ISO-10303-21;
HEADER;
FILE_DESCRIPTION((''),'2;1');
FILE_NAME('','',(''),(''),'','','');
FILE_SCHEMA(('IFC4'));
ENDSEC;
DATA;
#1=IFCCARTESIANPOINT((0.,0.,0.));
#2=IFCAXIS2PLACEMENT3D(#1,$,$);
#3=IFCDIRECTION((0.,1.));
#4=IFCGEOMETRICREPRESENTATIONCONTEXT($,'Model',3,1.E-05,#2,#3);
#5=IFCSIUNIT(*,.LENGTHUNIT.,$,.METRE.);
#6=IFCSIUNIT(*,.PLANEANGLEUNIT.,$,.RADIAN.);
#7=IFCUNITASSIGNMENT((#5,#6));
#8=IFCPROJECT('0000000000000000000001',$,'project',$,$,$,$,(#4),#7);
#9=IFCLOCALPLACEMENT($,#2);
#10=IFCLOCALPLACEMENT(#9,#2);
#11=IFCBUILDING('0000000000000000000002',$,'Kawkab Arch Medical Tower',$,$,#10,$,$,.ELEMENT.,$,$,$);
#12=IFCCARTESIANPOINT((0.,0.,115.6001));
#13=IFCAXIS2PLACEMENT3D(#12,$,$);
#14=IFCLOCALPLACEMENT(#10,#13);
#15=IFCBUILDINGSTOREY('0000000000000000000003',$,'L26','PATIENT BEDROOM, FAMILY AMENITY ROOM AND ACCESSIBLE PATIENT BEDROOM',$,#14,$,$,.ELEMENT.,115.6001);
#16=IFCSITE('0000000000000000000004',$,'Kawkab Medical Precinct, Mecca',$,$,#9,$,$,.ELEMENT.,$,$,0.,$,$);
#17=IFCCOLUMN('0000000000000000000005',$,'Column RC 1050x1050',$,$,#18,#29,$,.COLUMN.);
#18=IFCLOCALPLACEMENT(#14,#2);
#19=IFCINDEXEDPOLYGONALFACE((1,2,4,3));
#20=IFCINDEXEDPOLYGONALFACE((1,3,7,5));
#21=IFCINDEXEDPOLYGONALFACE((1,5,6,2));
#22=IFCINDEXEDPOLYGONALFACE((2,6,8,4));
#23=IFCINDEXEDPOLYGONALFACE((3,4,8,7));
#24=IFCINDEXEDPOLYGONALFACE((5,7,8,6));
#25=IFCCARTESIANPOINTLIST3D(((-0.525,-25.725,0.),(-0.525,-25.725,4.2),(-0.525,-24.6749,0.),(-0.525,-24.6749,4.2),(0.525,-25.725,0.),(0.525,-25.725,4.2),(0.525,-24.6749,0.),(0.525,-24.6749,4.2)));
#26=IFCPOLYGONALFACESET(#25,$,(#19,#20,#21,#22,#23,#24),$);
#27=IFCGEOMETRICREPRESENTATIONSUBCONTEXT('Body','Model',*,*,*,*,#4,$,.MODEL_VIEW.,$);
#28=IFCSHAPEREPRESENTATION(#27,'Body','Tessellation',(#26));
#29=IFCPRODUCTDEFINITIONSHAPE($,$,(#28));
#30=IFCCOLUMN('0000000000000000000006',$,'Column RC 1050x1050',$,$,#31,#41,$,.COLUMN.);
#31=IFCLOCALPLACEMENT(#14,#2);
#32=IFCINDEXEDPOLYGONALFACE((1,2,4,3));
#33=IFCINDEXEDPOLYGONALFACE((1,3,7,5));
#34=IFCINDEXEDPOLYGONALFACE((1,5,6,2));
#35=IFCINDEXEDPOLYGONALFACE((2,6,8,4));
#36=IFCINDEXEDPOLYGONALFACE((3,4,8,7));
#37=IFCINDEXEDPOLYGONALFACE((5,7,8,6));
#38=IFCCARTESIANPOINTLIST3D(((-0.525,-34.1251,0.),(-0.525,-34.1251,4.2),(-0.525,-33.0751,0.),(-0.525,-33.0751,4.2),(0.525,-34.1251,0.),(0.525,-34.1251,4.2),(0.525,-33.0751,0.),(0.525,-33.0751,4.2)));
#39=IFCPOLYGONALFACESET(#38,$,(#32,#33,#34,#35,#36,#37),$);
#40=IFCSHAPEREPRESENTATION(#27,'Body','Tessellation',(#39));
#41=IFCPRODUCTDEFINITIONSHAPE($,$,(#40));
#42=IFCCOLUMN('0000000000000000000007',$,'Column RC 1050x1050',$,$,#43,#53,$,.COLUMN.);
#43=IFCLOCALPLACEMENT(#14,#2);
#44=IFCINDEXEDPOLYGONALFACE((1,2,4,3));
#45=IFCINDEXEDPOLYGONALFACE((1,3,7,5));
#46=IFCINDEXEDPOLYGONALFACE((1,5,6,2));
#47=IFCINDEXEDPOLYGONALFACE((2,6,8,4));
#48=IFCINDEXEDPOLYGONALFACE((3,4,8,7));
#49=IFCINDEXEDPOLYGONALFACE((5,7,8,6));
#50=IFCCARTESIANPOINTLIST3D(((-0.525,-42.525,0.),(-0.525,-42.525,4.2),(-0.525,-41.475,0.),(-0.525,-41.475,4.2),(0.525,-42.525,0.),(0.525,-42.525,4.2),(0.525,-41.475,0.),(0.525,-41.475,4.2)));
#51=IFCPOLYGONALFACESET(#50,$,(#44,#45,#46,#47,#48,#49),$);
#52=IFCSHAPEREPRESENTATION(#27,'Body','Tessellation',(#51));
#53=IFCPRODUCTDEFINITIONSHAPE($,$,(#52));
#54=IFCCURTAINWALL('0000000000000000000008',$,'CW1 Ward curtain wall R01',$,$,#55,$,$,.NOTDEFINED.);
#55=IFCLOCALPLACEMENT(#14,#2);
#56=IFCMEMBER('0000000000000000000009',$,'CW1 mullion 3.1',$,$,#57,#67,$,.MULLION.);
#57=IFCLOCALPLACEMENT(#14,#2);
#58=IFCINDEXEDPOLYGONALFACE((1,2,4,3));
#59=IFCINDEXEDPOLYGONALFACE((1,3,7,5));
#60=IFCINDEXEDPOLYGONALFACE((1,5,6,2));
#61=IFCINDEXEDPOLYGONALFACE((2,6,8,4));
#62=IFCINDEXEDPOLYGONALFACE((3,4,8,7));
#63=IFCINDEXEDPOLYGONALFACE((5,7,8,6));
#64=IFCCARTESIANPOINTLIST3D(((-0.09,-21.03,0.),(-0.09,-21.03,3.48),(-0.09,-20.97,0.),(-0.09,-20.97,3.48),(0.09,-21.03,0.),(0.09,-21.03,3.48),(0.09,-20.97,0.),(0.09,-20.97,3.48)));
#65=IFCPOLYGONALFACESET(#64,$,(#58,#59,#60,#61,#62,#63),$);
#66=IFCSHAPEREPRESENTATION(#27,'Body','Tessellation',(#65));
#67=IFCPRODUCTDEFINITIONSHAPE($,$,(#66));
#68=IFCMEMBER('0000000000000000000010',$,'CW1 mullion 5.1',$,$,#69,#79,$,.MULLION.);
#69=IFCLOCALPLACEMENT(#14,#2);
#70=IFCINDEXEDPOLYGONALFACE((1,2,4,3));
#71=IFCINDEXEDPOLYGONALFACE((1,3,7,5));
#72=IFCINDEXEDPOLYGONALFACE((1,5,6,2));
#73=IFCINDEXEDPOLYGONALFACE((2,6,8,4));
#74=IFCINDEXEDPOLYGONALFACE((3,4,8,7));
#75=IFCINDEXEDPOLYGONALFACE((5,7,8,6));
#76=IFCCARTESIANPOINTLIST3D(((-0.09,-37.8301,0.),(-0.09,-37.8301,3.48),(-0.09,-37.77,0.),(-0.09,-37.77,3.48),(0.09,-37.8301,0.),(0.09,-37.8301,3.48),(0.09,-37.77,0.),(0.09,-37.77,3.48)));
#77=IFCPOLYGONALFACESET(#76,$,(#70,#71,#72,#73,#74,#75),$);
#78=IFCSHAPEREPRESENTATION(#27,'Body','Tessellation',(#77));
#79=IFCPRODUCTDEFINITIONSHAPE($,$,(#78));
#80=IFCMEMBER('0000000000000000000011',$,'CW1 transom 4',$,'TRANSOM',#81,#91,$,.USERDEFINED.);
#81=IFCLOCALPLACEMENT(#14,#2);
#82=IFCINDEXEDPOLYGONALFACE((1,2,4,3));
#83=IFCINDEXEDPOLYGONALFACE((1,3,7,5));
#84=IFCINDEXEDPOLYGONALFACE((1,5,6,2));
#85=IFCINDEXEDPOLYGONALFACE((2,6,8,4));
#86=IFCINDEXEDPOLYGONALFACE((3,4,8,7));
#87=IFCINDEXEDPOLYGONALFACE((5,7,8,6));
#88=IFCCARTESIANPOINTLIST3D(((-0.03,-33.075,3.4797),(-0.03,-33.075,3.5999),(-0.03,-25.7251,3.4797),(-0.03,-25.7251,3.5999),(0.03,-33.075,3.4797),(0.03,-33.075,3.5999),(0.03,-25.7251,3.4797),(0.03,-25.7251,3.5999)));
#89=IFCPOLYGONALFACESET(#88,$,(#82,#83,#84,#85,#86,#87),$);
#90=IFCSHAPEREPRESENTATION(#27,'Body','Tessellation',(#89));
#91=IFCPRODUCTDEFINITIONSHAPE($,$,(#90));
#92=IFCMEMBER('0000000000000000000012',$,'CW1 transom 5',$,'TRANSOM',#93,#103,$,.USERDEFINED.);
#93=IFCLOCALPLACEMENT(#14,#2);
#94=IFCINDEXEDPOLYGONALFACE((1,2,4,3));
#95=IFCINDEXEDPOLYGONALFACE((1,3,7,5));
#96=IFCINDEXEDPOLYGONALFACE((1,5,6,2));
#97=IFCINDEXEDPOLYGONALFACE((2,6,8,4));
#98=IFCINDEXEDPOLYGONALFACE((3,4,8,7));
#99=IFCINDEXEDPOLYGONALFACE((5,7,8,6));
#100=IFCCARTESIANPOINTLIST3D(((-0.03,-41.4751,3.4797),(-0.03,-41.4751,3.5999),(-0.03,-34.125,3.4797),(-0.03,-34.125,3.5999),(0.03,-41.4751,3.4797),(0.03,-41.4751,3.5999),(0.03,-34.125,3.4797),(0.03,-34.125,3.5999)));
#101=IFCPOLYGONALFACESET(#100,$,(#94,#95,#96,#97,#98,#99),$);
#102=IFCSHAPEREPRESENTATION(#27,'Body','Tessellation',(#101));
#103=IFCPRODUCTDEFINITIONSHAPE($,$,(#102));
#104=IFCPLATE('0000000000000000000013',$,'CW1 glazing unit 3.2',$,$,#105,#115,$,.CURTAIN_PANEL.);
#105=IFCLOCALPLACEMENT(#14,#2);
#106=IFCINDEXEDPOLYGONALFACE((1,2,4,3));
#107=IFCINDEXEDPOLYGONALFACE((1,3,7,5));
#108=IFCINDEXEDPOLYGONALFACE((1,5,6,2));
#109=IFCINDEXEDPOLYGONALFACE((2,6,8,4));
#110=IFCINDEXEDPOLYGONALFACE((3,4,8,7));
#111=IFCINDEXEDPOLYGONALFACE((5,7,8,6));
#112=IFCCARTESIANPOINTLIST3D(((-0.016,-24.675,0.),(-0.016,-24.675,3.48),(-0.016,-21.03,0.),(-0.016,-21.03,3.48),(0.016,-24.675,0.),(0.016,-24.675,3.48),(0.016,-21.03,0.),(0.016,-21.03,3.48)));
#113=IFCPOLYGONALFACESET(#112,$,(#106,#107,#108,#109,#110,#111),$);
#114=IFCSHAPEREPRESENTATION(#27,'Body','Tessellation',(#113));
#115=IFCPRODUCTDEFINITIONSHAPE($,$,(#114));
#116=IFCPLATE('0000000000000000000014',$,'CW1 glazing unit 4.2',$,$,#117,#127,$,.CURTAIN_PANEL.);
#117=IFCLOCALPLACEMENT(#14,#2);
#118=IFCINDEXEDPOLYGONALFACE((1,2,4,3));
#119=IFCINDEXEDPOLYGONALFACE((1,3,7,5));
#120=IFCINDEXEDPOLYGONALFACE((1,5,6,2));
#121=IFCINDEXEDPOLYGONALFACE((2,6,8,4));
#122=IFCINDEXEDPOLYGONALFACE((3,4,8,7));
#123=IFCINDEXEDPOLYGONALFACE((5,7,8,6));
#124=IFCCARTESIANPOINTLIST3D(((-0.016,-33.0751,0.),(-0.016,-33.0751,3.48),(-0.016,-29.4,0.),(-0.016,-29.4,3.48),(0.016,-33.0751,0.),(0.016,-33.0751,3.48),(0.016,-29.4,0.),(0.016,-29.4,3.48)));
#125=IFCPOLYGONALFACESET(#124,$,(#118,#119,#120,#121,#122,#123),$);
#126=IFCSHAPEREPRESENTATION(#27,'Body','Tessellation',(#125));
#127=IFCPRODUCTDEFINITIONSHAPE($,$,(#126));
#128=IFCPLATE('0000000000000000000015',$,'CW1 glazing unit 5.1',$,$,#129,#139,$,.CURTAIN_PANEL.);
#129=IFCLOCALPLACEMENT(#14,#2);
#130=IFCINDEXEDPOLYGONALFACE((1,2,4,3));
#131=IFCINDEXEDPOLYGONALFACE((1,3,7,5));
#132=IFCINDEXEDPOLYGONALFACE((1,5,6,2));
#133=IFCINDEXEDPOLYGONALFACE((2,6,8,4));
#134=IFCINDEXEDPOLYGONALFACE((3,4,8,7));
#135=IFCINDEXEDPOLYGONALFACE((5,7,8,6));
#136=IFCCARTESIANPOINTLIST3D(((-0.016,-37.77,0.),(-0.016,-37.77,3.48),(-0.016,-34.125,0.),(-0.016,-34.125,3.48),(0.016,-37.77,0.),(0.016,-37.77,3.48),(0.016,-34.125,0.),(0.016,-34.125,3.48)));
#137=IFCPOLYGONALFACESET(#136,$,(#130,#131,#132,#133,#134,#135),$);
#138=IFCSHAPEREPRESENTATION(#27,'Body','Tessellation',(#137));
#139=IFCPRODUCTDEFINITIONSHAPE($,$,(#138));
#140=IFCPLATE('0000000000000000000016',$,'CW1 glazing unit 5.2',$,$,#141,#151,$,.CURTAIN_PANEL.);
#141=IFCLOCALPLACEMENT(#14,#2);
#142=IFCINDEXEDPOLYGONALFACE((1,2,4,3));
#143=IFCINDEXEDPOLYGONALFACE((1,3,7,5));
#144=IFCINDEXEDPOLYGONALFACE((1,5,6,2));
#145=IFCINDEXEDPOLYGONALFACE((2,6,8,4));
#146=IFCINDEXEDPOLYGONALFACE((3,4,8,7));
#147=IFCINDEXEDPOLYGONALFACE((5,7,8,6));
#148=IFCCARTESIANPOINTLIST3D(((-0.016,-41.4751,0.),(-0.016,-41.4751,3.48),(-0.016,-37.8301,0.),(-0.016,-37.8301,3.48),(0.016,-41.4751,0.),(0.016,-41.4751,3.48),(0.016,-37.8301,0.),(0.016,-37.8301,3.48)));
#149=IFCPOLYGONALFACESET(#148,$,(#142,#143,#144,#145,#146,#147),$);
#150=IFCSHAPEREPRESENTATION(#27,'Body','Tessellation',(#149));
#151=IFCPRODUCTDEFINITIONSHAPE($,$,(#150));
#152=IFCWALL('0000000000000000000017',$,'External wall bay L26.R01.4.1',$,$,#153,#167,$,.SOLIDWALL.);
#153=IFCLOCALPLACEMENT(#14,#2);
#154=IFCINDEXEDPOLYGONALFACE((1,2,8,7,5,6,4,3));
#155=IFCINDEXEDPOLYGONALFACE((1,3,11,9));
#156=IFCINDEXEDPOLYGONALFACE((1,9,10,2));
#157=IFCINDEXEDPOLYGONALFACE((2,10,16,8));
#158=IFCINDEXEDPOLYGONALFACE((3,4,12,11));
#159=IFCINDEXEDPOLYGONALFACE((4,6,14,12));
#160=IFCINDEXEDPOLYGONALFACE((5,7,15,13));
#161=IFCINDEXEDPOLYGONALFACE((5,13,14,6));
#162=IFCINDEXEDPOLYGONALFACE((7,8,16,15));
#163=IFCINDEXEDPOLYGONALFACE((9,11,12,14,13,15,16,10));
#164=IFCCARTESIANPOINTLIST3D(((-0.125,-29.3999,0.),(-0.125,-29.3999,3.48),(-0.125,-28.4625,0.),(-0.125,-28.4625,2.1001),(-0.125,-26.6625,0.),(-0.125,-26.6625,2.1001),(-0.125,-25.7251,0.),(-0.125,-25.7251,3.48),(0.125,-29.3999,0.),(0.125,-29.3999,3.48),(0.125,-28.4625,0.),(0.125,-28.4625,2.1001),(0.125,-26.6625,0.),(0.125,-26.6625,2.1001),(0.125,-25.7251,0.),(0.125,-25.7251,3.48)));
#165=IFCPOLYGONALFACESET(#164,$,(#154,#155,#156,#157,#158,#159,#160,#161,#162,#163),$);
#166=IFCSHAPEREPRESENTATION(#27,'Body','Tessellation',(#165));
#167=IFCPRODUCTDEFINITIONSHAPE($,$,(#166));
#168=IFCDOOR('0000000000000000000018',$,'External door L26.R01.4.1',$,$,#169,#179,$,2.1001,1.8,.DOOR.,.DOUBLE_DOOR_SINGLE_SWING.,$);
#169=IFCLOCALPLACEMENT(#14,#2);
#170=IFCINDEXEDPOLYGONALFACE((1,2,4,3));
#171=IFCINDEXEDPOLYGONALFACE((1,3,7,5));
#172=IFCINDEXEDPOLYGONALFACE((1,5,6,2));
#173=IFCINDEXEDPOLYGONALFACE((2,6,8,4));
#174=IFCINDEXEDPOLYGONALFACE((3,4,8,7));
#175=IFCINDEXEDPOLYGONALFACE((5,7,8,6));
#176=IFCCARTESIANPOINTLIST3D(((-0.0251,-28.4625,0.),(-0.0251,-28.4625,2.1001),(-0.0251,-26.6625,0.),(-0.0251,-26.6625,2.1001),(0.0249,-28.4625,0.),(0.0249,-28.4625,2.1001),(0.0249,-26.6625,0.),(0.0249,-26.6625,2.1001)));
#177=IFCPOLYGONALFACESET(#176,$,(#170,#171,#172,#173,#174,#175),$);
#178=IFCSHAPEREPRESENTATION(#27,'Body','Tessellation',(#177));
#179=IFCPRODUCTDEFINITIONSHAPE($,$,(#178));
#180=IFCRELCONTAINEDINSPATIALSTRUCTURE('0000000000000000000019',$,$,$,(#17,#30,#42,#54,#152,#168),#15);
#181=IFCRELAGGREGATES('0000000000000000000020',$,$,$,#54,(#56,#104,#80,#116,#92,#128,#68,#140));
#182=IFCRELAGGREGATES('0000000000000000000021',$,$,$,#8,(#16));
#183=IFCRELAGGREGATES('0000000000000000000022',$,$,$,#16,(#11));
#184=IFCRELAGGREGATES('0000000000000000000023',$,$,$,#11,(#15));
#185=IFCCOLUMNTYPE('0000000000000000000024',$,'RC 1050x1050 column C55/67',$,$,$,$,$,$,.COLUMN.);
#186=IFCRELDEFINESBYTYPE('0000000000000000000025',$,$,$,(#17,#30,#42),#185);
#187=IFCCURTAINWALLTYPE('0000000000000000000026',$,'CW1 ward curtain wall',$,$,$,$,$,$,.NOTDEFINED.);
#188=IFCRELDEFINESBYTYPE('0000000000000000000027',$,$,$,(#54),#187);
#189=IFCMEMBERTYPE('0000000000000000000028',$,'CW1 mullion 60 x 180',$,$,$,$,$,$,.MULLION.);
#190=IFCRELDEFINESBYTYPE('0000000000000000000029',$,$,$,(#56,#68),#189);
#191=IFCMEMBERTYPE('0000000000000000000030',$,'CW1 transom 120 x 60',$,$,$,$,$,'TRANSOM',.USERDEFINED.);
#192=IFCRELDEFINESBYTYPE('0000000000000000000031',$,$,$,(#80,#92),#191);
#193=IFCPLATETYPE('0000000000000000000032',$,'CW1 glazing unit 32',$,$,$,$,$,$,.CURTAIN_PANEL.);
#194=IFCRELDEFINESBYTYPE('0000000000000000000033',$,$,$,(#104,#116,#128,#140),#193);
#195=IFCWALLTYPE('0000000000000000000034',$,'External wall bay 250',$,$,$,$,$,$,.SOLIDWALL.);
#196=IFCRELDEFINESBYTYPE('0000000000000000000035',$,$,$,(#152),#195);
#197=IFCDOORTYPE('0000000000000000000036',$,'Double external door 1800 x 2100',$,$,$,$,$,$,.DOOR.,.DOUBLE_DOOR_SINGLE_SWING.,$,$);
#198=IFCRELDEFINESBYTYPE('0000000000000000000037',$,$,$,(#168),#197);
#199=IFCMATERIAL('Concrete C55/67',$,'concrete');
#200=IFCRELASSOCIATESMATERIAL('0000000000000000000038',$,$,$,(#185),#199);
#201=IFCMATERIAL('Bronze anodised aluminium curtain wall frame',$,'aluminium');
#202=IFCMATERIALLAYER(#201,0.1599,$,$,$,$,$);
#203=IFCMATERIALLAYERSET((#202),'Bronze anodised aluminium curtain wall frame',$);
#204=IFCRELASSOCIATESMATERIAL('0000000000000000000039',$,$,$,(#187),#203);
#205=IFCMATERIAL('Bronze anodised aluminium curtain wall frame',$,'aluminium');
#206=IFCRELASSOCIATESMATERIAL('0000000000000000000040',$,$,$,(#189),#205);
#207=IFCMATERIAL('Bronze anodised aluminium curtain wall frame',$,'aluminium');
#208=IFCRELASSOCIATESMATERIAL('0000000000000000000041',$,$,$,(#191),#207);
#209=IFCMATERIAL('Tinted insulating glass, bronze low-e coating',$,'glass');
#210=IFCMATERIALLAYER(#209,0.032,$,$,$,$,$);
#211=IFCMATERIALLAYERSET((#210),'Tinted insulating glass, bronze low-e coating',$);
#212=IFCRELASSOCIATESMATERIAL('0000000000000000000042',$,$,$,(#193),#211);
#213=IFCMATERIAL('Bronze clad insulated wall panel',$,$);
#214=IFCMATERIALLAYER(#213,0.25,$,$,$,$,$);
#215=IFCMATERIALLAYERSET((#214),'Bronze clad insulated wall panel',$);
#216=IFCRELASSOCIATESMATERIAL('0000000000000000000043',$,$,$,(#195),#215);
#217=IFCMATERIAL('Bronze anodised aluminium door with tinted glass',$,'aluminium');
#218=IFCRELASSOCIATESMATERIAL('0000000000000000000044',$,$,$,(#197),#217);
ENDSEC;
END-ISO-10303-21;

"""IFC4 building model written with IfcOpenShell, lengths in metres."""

from ifc_helpers import new_model, si_unit, direction, frame, frame_2d, origin, origin_2d, place, context, subcontext, project, spatial, rectangle, extrude, material, layer, layer_set, material_profile, profile_set, type_object, element, fill, aggregate, save


model = new_model("IFC4")

# Units and contexts
model_context = context("Model", 3, precision=1e-05, world=origin(), true_north=direction((0.0, 1.0)))
body_context = subcontext(model_context, "Body", "Model", "MODEL_VIEW")
ifc_project = project(units=[si_unit("LENGTHUNIT", "METRE"), si_unit("PLANEANGLEUNIT", "RADIAN")], contexts=[model_context])

# Site, building, storey
site_placement = place(None, origin())
site = spatial("IfcSite", under=ifc_project, at=site_placement, Name="Kawkab Medical Precinct, Mecca", CompositionType="ELEMENT", RefElevation=0.0)
building_placement = place(site_placement, origin())
building = spatial("IfcBuilding", under=site, at=building_placement, Name="Kawkab Arch Medical Tower", CompositionType="ELEMENT")
storey_placement = place(building_placement, frame((0.0, 0.0, 115.6001)))
storey = spatial("IfcBuildingStorey", under=building, at=storey_placement, Name="L26", Description="PATIENT BEDROOM, FAMILY AMENITY ROOM AND ACCESSIBLE PATIENT BEDROOM", CompositionType="ELEMENT", Elevation=115.6001)

# Columns
ifc_material_1 = material(Name="Concrete C55/67", Category="concrete")
ifc_material_profile_1 = material_profile(ifc_material_1, rectangle(XDim=1.05, YDim=1.05, at=origin_2d()), Name="RC 1050x1050")
ifc_profile_set_1 = profile_set([ifc_material_profile_1], Name="Concrete C55/67")
column_type = type_object("IfcColumnType", Name="RC 1050x1050 column C55/67", PredefinedType="COLUMN", material=ifc_profile_set_1)
for number, where, z_axis, x_axis, name in (
    (1, (0.0, -25.2, 0.0), (0.0, 0.0, 1.0), (1.0, 0.0, 0.0), "Column RC 1050x1050"),
    (2, (0.0, -33.6001, 0.0), (0.0, 0.0, 1.0), (1.0, 0.0, 0.0), "Column RC 1050x1050"),
    (3, (0.0, -42.0, 0.0), (0.0, 0.0, 1.0), (1.0, 0.0, 0.0), "Column RC 1050x1050"),
):
    element("IfcColumn", number, at=place(storey_placement, frame(where, z_axis=z_axis, x_axis=x_axis)), inside=storey, type_object=column_type, Name=name, PredefinedType="COLUMN", context=body_context, shape_type="SweptSolid", body=[
        extrude(rectangle(XDim=1.05, YDim=1.05, at=origin_2d()), origin(), (0.0, 0.0, 1.0), 4.2),
    ])

# Curtain wall, members, plates
ifc_material_2 = material(Name="Bronze anodised aluminium curtain wall frame", Category="aluminium")
ifc_layer_1 = layer(ifc_material_2, 0.1599)
ifc_layer_set_1 = layer_set([ifc_layer_1], Name="Bronze anodised aluminium curtain wall frame")
curtain_wall_type = type_object("IfcCurtainWallType", Name="CW1 ward curtain wall", PredefinedType="NOTDEFINED", material=ifc_layer_set_1)
curtain_wall_placement = place(storey_placement, origin())
curtain_wall = element("IfcCurtainWall", 4, at=curtain_wall_placement, inside=storey, type_object=curtain_wall_type, Name="CW1 Ward curtain wall R01", PredefinedType="NOTDEFINED")
ifc_material_3 = material(Name="Bronze anodised aluminium curtain wall frame", Category="aluminium")
ifc_material_profile_2 = material_profile(ifc_material_3, rectangle(XDim=0.1799, YDim=0.0601, at=origin_2d()), Name="AL 60x180")
ifc_profile_set_2 = profile_set([ifc_material_profile_2], Name="Bronze anodised aluminium curtain wall frame")
member_type_1 = type_object("IfcMemberType", Name="CW1 mullion 60 x 180", PredefinedType="MULLION", material=ifc_profile_set_2)
member_1_placement = place(storey_placement, frame((0.0, -21.0, 0.0), z_axis=(0.0, 0.0, 1.0), x_axis=(1.0, 0.0, 0.0)))
member_1 = element("IfcMember", 5, at=member_1_placement, type_object=member_type_1, Name="CW1 mullion 3.1", PredefinedType="MULLION", context=body_context, shape_type="SweptSolid", body=[
    extrude(rectangle(XDim=0.1799, YDim=0.0601, at=origin_2d()), origin(), (0.0, 0.0, 1.0), 3.48),
])
member_2_placement = place(storey_placement, frame((0.0, -37.8, 0.0), z_axis=(0.0, 0.0, 1.0), x_axis=(1.0, 0.0, 0.0)))
member_2 = element("IfcMember", 6, at=member_2_placement, type_object=member_type_1, Name="CW1 mullion 5.1", PredefinedType="MULLION", context=body_context, shape_type="SweptSolid", body=[
    extrude(rectangle(XDim=0.1799, YDim=0.0601, at=origin_2d()), origin(), (0.0, 0.0, 1.0), 3.48),
])
ifc_material_4 = material(Name="Bronze anodised aluminium curtain wall frame", Category="aluminium")
ifc_material_profile_3 = material_profile(ifc_material_4, rectangle(XDim=0.0601, YDim=0.1201, at=origin_2d()), Name="AL 60x120")
ifc_profile_set_3 = profile_set([ifc_material_profile_3], Name="Bronze anodised aluminium curtain wall frame")
member_type_2 = type_object("IfcMemberType", Name="CW1 transom 120 x 60", ElementType="TRANSOM", PredefinedType="USERDEFINED", material=ifc_profile_set_3)
member_3_placement = place(storey_placement, frame((0.0, -25.7251, 3.5398), z_axis=(0.0, -1.0, 0.0), x_axis=(1.0, 0.0, 0.0)))
member_3 = element("IfcMember", 7, at=member_3_placement, type_object=member_type_2, Name="CW1 transom 4", ObjectType="TRANSOM", PredefinedType="USERDEFINED", context=body_context, shape_type="SweptSolid", body=[
    extrude(rectangle(XDim=0.0601, YDim=0.1201, at=origin_2d()), origin(), (0.0, 0.0, 1.0), 7.3499),
])
member_4_placement = place(storey_placement, frame((0.0, -34.125, 3.5398), z_axis=(0.0, -1.0, 0.0), x_axis=(1.0, 0.0, 0.0)))
member_4 = element("IfcMember", 8, at=member_4_placement, type_object=member_type_2, Name="CW1 transom 5", ObjectType="TRANSOM", PredefinedType="USERDEFINED", context=body_context, shape_type="SweptSolid", body=[
    extrude(rectangle(XDim=0.0601, YDim=0.1201, at=origin_2d()), origin(), (0.0, 0.0, 1.0), 7.3501),
])
ifc_material_5 = material(Name="Tinted insulating glass, bronze low-e coating", Category="glass")
ifc_layer_2 = layer(ifc_material_5, 0.032)
ifc_layer_set_2 = layer_set([ifc_layer_2], Name="Tinted insulating glass, bronze low-e coating")
plate_type = type_object("IfcPlateType", Name="CW1 glazing unit 32", PredefinedType="CURTAIN_PANEL", material=ifc_layer_set_2)
plate_1_placement = place(storey_placement, frame((0.0, -22.8525, 0.0), z_axis=(0.0, 0.0, 1.0), x_axis=(0.0, -1.0, 0.0)))
plate_1 = element("IfcPlate", 9, at=plate_1_placement, type_object=plate_type, Name="CW1 glazing unit 3.2", PredefinedType="CURTAIN_PANEL", context=body_context, shape_type="SweptSolid", body=[
    extrude(rectangle(XDim=3.645, YDim=0.032, at=origin_2d()), origin(), (0.0, 0.0, 1.0), 3.48),
])
plate_2_placement = place(storey_placement, frame((0.0, -31.2375, 0.0), z_axis=(0.0, 0.0, 1.0), x_axis=(0.0, -1.0, 0.0)))
plate_2 = element("IfcPlate", 10, at=plate_2_placement, type_object=plate_type, Name="CW1 glazing unit 4.2", PredefinedType="CURTAIN_PANEL", context=body_context, shape_type="SweptSolid", body=[
    extrude(rectangle(XDim=3.675, YDim=0.032, at=origin_2d()), origin(), (0.0, 0.0, 1.0), 3.48),
])
plate_3_placement = place(storey_placement, frame((0.0, -35.9475, 0.0), z_axis=(0.0, 0.0, 1.0), x_axis=(0.0, -1.0, 0.0)))
plate_3 = element("IfcPlate", 11, at=plate_3_placement, type_object=plate_type, Name="CW1 glazing unit 5.1", PredefinedType="CURTAIN_PANEL", context=body_context, shape_type="SweptSolid", body=[
    extrude(rectangle(XDim=3.645, YDim=0.032, at=origin_2d()), origin(), (0.0, 0.0, 1.0), 3.48),
])
plate_4_placement = place(storey_placement, frame((0.0, -39.6526, 0.0), z_axis=(0.0, 0.0, 1.0), x_axis=(0.0, -1.0, 0.0)))
plate_4 = element("IfcPlate", 12, at=plate_4_placement, type_object=plate_type, Name="CW1 glazing unit 5.2", PredefinedType="CURTAIN_PANEL", context=body_context, shape_type="SweptSolid", body=[
    extrude(rectangle(XDim=3.645, YDim=0.032, at=origin_2d()), origin(), (0.0, 0.0, 1.0), 3.48),
])
aggregate(curtain_wall, [member_1, plate_1, member_3, plate_2, member_4, plate_3, member_2, plate_4])

# Wall, opening, door
ifc_material_6 = material(Name="Bronze clad insulated wall panel")
ifc_layer_3 = layer(ifc_material_6, 0.25)
ifc_layer_set_3 = layer_set([ifc_layer_3], Name="Bronze clad insulated wall panel")
wall_type_1 = type_object("IfcWallType", Name="External wall bay 250", PredefinedType="SOLIDWALL", material=ifc_layer_set_3)
wall_1_placement = place(storey_placement, frame((0.0, -25.7251, 0.0), z_axis=(0.0, 0.0, 1.0), x_axis=(0.0, -1.0, 0.0)))
wall_1 = element("IfcWall", 13, at=wall_1_placement, inside=storey, type_object=wall_type_1, Name="External wall bay L26.R01.4.1", PredefinedType="SOLIDWALL", context=body_context, shape_type="SweptSolid", body=[
    extrude(rectangle(XDim=3.6748, YDim=0.25, at=frame_2d((1.8374, 0.0))), origin(), (0.0, 0.0, 1.0), 3.48),
])
opening_1_placement = place(wall_1_placement, frame((0.9375, 0.0, 0.0)))
opening_1 = element("IfcOpeningElement", 14, at=opening_1_placement, cuts=wall_1, PredefinedType="OPENING", context=body_context, shape_type="SweptSolid", body=[
    extrude(rectangle(XDim=1.8, YDim=2.1001, at=frame_2d((0.8999, 1.05))), frame((0.0, 0.135, 0.0), z_axis=(0.0, -1.0, 0.0), x_axis=(1.0, 0.0, 0.0)), (0.0, 0.0, 1.0), 0.27),
])
ifc_material_7 = material(Name="Bronze anodised aluminium door with tinted glass", Category="aluminium")
door_type_1 = type_object("IfcDoorType", Name="Double external door 1800 x 2100", OperationType="DOUBLE_DOOR_SINGLE_SWING", PredefinedType="DOOR", material=ifc_material_7)
door_1_placement = place(opening_1_placement, origin())
door_1 = element("IfcDoor", 15, at=door_1_placement, inside=storey, type_object=door_type_1, Name="External door L26.R01.4.1", OperationType="DOUBLE_DOOR_SINGLE_SWING", OverallHeight=2.1001, OverallWidth=1.8, PredefinedType="DOOR", context=body_context, shape_type="SweptSolid", body=[
    extrude(rectangle(XDim=1.8, YDim=2.1001, at=frame_2d((0.8999, 1.05))), frame((0.0, 0.0249, 0.0), z_axis=(0.0, -1.0, 0.0), x_axis=(1.0, 0.0, 0.0)), (0.0, 0.0, 1.0), 0.05),
])
fill(opening_1, door_1)

save(model, "model.ifc")
